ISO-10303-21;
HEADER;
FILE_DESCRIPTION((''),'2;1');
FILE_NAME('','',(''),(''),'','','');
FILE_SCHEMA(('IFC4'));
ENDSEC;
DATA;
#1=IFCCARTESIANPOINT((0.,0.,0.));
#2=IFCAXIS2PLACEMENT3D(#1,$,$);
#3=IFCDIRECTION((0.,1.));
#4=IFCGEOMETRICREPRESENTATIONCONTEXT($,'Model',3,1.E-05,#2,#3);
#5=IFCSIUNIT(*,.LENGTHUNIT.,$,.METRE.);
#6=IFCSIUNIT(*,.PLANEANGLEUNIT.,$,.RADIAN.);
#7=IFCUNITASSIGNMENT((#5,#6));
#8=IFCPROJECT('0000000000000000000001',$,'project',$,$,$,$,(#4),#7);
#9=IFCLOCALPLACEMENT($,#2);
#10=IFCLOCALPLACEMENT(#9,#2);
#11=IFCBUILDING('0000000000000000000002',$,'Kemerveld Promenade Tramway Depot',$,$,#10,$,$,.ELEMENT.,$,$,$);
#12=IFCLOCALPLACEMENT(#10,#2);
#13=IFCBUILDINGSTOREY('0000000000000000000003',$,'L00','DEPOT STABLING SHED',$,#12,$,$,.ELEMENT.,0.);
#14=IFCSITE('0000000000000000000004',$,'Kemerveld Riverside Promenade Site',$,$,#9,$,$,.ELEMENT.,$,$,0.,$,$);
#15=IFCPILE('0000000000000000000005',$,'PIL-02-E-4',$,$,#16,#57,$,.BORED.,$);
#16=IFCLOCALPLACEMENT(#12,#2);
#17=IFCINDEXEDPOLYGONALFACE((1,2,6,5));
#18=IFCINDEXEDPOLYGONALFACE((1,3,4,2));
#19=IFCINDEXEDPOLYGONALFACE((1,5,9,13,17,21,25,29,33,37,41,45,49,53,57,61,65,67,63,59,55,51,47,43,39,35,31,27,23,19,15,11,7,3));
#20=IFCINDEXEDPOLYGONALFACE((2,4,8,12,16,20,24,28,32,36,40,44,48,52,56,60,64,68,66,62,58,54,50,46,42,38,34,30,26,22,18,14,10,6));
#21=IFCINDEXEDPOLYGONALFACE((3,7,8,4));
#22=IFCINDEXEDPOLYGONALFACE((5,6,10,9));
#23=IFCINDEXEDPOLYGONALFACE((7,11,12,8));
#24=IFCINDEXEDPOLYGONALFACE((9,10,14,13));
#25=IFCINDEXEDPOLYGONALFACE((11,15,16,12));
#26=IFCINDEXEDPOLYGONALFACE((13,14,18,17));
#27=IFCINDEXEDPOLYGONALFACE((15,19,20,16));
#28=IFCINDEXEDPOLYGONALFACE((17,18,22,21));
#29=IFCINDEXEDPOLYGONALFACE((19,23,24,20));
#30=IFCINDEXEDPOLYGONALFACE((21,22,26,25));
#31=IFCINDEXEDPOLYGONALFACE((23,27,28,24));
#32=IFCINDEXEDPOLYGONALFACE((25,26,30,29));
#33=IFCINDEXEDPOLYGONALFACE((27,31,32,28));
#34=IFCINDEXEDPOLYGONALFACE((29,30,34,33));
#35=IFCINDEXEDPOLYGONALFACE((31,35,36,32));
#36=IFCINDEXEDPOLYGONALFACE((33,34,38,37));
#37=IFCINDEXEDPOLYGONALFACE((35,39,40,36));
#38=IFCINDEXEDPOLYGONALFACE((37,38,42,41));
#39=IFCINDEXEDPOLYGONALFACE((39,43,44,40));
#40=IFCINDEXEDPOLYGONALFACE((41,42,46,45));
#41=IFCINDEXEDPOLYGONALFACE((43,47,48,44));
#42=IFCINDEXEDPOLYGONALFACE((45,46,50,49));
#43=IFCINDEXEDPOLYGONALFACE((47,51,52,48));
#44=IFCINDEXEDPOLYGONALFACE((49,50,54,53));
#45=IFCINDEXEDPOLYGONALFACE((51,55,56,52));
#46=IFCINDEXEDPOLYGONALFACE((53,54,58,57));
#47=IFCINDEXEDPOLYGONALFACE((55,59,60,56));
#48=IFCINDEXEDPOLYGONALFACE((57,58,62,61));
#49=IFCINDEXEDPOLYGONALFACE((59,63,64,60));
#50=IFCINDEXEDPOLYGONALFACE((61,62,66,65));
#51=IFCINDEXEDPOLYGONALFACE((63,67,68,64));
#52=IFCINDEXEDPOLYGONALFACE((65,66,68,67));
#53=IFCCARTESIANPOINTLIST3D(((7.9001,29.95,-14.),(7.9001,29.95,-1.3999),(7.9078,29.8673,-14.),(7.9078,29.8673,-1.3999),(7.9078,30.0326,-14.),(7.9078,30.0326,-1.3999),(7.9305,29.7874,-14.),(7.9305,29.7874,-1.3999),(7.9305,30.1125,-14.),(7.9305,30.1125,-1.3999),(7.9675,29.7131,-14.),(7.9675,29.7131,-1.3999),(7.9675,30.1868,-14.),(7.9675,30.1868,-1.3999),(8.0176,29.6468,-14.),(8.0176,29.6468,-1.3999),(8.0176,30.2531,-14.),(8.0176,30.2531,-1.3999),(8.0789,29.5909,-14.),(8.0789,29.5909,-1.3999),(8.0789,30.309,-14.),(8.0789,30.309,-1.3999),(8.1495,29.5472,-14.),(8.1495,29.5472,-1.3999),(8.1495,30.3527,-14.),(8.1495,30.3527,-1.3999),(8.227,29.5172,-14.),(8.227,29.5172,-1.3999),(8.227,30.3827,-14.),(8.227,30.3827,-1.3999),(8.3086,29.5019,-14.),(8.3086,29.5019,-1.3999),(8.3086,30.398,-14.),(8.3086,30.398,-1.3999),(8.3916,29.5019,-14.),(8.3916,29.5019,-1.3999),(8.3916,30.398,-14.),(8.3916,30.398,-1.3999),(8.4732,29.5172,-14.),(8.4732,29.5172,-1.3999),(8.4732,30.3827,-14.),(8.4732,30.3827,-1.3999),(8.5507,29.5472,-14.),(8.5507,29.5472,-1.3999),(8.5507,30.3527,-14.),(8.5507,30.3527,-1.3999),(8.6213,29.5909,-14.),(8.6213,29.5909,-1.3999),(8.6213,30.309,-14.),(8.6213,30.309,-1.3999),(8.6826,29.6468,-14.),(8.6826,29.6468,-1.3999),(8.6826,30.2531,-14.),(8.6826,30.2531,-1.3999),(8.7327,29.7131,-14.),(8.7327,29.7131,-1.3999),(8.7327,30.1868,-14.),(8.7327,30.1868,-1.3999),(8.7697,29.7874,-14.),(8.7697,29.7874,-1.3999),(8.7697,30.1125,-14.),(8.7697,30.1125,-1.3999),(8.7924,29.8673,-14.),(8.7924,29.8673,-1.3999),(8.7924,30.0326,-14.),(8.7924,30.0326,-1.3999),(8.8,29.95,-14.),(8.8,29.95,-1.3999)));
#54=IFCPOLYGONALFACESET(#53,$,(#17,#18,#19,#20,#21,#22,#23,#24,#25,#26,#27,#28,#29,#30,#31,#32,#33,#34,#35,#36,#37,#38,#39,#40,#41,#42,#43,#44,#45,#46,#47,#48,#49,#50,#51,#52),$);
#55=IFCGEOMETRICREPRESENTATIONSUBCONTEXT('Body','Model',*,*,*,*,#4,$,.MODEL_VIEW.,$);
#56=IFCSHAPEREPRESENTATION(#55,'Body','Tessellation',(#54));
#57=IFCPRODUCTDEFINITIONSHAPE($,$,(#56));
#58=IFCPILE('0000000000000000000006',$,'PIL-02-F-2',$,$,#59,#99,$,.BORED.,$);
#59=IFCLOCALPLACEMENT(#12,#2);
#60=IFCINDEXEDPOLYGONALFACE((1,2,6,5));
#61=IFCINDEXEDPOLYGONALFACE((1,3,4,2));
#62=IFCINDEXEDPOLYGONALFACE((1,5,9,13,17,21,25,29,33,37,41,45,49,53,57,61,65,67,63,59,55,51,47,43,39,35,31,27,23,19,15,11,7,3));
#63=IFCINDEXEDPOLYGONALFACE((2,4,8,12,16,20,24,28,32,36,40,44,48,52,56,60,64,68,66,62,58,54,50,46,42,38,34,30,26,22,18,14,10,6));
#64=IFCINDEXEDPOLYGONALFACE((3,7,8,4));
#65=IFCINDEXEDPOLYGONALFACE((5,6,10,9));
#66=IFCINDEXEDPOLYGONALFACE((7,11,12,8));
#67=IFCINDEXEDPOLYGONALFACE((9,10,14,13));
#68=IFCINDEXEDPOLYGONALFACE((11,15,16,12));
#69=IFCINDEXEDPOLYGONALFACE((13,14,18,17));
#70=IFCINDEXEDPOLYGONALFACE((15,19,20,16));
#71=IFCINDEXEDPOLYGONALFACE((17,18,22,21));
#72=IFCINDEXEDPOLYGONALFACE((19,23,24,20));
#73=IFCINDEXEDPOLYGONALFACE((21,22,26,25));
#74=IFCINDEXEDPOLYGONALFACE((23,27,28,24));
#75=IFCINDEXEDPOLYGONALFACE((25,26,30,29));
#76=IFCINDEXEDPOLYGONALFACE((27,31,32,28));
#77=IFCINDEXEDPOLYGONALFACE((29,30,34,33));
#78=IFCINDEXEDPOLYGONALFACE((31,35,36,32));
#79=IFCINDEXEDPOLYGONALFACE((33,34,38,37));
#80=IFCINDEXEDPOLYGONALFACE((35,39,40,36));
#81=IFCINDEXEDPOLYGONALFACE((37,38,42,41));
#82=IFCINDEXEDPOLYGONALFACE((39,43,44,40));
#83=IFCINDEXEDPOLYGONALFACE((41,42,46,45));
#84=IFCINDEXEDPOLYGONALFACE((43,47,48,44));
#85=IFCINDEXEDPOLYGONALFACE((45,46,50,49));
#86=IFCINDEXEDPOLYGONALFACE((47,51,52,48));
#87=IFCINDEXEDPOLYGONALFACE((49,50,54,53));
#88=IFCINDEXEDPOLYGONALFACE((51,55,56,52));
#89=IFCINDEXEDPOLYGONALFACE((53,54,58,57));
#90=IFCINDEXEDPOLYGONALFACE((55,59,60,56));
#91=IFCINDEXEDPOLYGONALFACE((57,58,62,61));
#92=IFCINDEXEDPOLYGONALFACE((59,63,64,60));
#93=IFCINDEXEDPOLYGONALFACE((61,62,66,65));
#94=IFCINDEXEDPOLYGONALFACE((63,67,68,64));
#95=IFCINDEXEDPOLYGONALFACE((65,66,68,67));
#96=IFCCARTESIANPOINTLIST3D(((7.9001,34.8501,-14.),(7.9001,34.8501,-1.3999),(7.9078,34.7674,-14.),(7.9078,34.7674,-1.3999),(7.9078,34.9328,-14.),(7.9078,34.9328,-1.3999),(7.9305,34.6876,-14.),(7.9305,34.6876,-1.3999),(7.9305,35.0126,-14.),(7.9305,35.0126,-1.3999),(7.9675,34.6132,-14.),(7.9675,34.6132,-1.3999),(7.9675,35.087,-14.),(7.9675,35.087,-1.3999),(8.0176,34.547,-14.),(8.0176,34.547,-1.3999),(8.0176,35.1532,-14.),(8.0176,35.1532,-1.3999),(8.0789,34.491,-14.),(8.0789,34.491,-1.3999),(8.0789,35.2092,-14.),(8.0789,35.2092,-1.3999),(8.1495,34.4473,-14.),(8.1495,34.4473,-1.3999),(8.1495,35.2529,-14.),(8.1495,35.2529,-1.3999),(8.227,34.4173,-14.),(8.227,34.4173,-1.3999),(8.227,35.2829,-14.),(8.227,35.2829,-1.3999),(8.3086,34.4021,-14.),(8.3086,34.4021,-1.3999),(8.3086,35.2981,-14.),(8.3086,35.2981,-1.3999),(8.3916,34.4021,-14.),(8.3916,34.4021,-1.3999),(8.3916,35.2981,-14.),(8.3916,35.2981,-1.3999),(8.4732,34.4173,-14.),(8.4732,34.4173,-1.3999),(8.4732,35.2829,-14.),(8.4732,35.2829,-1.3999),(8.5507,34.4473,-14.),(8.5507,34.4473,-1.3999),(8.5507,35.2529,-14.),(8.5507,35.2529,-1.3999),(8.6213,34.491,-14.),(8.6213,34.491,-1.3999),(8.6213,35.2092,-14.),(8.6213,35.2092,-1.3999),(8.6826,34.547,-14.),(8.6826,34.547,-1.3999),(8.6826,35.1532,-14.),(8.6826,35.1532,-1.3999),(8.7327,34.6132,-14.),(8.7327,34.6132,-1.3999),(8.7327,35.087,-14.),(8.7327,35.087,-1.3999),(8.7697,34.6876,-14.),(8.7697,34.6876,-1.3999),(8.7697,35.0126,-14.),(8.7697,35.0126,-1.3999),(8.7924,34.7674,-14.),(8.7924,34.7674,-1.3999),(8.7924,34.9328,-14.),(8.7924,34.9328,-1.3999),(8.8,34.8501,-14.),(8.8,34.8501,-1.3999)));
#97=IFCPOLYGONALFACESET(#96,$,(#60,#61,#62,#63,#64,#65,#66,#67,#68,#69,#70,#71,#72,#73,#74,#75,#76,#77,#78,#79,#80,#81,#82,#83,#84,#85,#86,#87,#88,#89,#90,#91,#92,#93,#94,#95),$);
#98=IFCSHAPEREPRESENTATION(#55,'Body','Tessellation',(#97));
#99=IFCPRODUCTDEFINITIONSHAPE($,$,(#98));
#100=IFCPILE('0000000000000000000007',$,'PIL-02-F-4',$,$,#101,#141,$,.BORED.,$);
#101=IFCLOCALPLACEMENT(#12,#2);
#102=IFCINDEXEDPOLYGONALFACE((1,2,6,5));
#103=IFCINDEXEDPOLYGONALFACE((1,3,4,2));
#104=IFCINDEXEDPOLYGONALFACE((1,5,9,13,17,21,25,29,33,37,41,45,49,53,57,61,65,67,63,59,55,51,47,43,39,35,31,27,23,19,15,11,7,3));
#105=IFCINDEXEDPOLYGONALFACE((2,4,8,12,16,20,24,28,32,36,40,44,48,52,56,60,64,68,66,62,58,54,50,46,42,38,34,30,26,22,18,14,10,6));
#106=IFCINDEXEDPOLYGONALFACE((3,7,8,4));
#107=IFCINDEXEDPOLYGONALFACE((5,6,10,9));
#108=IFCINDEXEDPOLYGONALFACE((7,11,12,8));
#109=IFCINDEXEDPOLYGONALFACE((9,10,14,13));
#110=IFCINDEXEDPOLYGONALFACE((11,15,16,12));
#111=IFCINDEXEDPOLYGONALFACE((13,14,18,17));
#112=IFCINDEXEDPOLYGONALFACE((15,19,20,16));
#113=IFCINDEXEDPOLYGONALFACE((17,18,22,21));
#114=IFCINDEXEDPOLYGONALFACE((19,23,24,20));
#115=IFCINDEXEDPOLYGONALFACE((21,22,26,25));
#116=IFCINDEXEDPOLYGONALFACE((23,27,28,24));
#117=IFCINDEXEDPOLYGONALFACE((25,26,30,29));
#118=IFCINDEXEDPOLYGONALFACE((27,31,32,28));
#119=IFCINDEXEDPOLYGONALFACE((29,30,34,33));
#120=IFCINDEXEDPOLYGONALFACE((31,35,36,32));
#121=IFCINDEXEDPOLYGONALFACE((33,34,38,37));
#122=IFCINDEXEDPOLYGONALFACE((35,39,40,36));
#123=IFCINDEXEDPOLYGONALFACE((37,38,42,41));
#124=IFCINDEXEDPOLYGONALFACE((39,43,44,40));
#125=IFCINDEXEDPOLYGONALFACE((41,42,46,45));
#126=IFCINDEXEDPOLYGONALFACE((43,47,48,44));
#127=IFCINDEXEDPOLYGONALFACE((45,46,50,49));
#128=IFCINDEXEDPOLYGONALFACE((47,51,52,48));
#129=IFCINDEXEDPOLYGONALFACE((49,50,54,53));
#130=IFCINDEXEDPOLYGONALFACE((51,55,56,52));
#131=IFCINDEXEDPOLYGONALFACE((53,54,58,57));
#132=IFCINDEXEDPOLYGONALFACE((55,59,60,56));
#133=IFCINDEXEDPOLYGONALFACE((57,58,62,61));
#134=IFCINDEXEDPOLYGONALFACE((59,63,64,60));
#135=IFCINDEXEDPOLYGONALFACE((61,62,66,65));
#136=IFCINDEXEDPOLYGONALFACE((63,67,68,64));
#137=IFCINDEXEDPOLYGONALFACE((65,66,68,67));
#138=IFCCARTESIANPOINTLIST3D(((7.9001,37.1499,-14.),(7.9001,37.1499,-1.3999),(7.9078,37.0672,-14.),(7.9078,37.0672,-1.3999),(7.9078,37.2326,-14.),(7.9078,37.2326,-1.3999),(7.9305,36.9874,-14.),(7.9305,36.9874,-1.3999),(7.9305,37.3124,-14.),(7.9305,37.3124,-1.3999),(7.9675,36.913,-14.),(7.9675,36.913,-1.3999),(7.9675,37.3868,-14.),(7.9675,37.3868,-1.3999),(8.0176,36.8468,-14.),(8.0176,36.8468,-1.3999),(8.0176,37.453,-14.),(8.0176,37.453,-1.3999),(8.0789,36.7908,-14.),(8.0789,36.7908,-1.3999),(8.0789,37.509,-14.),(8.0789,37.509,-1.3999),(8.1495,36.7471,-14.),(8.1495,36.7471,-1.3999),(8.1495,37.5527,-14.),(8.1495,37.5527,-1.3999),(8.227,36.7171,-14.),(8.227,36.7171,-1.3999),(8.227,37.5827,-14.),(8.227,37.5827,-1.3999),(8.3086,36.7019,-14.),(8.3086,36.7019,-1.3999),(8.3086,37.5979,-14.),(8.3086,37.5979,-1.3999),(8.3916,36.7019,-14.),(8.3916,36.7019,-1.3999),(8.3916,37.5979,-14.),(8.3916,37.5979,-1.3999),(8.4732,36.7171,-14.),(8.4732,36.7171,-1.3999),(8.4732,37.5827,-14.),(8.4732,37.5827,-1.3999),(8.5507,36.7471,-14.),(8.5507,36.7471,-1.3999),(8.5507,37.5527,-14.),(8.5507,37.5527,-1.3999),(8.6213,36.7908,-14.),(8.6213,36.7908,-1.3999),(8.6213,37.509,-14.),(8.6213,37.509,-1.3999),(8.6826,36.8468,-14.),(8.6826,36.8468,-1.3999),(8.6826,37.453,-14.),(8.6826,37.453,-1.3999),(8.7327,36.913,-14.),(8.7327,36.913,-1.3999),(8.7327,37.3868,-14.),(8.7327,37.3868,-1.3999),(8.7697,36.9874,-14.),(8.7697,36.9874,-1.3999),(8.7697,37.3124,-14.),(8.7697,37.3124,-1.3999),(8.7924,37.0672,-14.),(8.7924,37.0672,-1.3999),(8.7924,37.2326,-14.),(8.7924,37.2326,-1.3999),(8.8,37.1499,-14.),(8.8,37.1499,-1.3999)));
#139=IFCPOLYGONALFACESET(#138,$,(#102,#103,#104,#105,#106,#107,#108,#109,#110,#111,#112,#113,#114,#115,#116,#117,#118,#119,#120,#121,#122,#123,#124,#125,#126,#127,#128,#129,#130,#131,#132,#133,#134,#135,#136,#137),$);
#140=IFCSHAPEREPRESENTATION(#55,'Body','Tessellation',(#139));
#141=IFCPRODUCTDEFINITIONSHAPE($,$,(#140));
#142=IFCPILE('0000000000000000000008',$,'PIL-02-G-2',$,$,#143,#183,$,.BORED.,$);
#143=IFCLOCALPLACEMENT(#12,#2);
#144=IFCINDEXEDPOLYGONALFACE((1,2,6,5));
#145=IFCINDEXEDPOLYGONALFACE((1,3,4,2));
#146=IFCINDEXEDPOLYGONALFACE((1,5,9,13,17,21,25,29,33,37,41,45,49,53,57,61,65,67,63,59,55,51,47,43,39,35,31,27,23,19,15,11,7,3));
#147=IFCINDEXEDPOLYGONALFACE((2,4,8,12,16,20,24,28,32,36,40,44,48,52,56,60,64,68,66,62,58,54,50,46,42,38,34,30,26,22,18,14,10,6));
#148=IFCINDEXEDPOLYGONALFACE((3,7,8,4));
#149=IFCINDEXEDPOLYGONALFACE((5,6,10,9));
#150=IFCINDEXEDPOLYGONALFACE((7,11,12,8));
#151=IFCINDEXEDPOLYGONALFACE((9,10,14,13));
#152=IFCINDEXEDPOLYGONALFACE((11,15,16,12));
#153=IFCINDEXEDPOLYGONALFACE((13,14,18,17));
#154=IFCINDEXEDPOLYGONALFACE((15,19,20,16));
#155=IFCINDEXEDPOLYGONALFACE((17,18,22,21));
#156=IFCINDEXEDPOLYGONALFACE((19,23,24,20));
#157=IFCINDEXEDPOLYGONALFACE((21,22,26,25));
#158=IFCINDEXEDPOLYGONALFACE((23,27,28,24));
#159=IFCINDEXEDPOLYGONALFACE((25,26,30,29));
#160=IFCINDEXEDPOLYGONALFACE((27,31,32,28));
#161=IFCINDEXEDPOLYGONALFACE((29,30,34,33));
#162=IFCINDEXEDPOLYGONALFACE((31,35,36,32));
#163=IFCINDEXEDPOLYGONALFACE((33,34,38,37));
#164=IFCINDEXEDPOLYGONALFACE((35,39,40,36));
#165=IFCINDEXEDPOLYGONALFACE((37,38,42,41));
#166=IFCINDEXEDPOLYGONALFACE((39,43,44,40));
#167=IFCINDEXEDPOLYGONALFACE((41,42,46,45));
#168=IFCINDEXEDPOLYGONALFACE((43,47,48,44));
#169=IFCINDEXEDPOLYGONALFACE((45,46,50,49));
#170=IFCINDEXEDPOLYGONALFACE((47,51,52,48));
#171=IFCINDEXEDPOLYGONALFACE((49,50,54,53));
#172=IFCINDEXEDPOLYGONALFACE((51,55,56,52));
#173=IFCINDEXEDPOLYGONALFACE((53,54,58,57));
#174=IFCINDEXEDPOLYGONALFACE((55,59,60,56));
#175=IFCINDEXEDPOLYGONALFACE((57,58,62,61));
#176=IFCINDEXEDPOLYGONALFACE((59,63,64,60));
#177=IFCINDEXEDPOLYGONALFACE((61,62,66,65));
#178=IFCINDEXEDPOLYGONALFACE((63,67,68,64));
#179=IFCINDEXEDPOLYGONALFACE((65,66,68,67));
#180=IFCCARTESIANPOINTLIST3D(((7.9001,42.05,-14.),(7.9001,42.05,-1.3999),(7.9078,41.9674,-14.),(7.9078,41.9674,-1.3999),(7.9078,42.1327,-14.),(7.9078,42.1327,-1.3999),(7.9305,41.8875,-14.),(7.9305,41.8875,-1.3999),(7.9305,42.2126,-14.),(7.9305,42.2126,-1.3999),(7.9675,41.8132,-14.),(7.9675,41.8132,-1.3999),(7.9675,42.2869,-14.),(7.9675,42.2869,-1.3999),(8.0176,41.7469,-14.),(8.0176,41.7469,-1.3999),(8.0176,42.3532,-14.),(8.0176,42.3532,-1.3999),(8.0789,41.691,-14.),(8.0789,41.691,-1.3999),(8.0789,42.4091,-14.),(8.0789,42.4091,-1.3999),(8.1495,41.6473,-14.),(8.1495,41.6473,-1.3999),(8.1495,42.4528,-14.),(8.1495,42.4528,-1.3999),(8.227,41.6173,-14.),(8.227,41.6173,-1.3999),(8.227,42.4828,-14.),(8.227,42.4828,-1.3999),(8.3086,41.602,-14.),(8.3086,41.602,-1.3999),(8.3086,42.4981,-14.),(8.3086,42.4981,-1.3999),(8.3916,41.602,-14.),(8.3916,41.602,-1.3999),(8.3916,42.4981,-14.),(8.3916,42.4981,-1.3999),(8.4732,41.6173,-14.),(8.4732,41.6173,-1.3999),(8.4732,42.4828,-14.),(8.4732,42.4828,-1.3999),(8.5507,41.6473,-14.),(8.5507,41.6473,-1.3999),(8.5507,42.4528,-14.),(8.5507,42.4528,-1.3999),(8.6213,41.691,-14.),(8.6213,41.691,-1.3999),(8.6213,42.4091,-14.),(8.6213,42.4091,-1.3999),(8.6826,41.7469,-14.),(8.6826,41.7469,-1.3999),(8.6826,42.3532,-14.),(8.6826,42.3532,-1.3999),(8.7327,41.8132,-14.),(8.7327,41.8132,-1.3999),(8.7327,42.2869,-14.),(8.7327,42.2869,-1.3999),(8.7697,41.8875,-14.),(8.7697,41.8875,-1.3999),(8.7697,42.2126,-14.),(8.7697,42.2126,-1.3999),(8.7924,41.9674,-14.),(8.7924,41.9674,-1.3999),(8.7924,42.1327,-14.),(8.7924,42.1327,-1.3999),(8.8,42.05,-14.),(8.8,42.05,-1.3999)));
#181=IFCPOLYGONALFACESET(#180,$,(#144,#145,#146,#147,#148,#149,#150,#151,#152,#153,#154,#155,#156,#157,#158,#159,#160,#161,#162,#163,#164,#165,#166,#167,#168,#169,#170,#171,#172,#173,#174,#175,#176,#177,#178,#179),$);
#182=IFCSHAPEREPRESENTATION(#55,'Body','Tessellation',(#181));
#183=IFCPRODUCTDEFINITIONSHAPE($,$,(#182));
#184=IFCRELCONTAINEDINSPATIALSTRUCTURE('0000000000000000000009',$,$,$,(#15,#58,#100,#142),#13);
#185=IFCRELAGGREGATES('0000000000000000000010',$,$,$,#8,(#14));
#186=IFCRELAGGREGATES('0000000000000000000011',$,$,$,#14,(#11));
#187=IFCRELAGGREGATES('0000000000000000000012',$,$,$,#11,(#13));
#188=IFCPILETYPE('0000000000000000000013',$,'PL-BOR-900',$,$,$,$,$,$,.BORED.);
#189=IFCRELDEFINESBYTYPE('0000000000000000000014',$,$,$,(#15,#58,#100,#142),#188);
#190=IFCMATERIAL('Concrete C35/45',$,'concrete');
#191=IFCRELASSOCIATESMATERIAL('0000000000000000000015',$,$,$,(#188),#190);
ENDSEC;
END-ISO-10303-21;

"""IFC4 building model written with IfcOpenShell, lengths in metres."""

from ifc_helpers import new_model, si_unit, direction, frame, origin, origin_2d, place, context, subcontext, project, spatial, circle, extrude, material, material_profile, profile_set, type_object, element, save


model = new_model("IFC4")

# Units and contexts
model_context = context("Model", 3, precision=1e-05, world=origin(), true_north=direction((0.0, 1.0)))
body_context = subcontext(model_context, "Body", "Model", "MODEL_VIEW")
ifc_project = project(units=[si_unit("LENGTHUNIT", "METRE"), si_unit("PLANEANGLEUNIT", "RADIAN")], contexts=[model_context])

# Site, building, storey
site_placement = place(None, origin())
site = spatial("IfcSite", under=ifc_project, at=site_placement, Name="Kemerveld Riverside Promenade Site", CompositionType="ELEMENT", RefElevation=0.0)
building_placement = place(site_placement, origin())
building = spatial("IfcBuilding", under=site, at=building_placement, Name="Kemerveld Promenade Tramway Depot", CompositionType="ELEMENT")
storey_placement = place(building_placement, origin())
storey = spatial("IfcBuildingStorey", under=building, at=storey_placement, Name="L00", Description="DEPOT STABLING SHED", CompositionType="ELEMENT", Elevation=0.0)

# Shared definitions
ifc_material_1 = material(Name="Concrete C35/45", Category="concrete")

# Piles
ifc_material_profile_1 = material_profile(ifc_material_1, circle(Radius=0.45, at=origin_2d()), Name="PILE-D900")
ifc_profile_set_1 = profile_set([ifc_material_profile_1], Name="Concrete C35/45")
pile_type_1 = type_object("IfcPileType", Name="PL-BOR-900", PredefinedType="BORED", material=ifc_profile_set_1)
for number, where, z_axis, x_axis, name in (
    (1, (8.3501, 29.95, -1.3999), (0.0, 0.0, -1.0), (1.0, 0.0, 0.0), "PIL-02-E-4"),
    (2, (8.3501, 34.8501, -1.3999), (0.0, 0.0, -1.0), (1.0, 0.0, 0.0), "PIL-02-F-2"),
    (3, (8.3501, 37.1499, -1.3999), (0.0, 0.0, -1.0), (1.0, 0.0, 0.0), "PIL-02-F-4"),
    (4, (8.3501, 42.05, -1.3999), (0.0, 0.0, -1.0), (1.0, 0.0, 0.0), "PIL-02-G-2"),
):
    element("IfcPile", number, at=place(storey_placement, frame(where, z_axis=z_axis, x_axis=x_axis)), inside=storey, type_object=pile_type_1, Name=name, PredefinedType="BORED", context=body_context, shape_type="SweptSolid", body=[
        extrude(circle(Radius=0.45, at=origin_2d()), origin(), (0.0, 0.0, 1.0), 12.6001),
    ])

save(model, "model.ifc")
